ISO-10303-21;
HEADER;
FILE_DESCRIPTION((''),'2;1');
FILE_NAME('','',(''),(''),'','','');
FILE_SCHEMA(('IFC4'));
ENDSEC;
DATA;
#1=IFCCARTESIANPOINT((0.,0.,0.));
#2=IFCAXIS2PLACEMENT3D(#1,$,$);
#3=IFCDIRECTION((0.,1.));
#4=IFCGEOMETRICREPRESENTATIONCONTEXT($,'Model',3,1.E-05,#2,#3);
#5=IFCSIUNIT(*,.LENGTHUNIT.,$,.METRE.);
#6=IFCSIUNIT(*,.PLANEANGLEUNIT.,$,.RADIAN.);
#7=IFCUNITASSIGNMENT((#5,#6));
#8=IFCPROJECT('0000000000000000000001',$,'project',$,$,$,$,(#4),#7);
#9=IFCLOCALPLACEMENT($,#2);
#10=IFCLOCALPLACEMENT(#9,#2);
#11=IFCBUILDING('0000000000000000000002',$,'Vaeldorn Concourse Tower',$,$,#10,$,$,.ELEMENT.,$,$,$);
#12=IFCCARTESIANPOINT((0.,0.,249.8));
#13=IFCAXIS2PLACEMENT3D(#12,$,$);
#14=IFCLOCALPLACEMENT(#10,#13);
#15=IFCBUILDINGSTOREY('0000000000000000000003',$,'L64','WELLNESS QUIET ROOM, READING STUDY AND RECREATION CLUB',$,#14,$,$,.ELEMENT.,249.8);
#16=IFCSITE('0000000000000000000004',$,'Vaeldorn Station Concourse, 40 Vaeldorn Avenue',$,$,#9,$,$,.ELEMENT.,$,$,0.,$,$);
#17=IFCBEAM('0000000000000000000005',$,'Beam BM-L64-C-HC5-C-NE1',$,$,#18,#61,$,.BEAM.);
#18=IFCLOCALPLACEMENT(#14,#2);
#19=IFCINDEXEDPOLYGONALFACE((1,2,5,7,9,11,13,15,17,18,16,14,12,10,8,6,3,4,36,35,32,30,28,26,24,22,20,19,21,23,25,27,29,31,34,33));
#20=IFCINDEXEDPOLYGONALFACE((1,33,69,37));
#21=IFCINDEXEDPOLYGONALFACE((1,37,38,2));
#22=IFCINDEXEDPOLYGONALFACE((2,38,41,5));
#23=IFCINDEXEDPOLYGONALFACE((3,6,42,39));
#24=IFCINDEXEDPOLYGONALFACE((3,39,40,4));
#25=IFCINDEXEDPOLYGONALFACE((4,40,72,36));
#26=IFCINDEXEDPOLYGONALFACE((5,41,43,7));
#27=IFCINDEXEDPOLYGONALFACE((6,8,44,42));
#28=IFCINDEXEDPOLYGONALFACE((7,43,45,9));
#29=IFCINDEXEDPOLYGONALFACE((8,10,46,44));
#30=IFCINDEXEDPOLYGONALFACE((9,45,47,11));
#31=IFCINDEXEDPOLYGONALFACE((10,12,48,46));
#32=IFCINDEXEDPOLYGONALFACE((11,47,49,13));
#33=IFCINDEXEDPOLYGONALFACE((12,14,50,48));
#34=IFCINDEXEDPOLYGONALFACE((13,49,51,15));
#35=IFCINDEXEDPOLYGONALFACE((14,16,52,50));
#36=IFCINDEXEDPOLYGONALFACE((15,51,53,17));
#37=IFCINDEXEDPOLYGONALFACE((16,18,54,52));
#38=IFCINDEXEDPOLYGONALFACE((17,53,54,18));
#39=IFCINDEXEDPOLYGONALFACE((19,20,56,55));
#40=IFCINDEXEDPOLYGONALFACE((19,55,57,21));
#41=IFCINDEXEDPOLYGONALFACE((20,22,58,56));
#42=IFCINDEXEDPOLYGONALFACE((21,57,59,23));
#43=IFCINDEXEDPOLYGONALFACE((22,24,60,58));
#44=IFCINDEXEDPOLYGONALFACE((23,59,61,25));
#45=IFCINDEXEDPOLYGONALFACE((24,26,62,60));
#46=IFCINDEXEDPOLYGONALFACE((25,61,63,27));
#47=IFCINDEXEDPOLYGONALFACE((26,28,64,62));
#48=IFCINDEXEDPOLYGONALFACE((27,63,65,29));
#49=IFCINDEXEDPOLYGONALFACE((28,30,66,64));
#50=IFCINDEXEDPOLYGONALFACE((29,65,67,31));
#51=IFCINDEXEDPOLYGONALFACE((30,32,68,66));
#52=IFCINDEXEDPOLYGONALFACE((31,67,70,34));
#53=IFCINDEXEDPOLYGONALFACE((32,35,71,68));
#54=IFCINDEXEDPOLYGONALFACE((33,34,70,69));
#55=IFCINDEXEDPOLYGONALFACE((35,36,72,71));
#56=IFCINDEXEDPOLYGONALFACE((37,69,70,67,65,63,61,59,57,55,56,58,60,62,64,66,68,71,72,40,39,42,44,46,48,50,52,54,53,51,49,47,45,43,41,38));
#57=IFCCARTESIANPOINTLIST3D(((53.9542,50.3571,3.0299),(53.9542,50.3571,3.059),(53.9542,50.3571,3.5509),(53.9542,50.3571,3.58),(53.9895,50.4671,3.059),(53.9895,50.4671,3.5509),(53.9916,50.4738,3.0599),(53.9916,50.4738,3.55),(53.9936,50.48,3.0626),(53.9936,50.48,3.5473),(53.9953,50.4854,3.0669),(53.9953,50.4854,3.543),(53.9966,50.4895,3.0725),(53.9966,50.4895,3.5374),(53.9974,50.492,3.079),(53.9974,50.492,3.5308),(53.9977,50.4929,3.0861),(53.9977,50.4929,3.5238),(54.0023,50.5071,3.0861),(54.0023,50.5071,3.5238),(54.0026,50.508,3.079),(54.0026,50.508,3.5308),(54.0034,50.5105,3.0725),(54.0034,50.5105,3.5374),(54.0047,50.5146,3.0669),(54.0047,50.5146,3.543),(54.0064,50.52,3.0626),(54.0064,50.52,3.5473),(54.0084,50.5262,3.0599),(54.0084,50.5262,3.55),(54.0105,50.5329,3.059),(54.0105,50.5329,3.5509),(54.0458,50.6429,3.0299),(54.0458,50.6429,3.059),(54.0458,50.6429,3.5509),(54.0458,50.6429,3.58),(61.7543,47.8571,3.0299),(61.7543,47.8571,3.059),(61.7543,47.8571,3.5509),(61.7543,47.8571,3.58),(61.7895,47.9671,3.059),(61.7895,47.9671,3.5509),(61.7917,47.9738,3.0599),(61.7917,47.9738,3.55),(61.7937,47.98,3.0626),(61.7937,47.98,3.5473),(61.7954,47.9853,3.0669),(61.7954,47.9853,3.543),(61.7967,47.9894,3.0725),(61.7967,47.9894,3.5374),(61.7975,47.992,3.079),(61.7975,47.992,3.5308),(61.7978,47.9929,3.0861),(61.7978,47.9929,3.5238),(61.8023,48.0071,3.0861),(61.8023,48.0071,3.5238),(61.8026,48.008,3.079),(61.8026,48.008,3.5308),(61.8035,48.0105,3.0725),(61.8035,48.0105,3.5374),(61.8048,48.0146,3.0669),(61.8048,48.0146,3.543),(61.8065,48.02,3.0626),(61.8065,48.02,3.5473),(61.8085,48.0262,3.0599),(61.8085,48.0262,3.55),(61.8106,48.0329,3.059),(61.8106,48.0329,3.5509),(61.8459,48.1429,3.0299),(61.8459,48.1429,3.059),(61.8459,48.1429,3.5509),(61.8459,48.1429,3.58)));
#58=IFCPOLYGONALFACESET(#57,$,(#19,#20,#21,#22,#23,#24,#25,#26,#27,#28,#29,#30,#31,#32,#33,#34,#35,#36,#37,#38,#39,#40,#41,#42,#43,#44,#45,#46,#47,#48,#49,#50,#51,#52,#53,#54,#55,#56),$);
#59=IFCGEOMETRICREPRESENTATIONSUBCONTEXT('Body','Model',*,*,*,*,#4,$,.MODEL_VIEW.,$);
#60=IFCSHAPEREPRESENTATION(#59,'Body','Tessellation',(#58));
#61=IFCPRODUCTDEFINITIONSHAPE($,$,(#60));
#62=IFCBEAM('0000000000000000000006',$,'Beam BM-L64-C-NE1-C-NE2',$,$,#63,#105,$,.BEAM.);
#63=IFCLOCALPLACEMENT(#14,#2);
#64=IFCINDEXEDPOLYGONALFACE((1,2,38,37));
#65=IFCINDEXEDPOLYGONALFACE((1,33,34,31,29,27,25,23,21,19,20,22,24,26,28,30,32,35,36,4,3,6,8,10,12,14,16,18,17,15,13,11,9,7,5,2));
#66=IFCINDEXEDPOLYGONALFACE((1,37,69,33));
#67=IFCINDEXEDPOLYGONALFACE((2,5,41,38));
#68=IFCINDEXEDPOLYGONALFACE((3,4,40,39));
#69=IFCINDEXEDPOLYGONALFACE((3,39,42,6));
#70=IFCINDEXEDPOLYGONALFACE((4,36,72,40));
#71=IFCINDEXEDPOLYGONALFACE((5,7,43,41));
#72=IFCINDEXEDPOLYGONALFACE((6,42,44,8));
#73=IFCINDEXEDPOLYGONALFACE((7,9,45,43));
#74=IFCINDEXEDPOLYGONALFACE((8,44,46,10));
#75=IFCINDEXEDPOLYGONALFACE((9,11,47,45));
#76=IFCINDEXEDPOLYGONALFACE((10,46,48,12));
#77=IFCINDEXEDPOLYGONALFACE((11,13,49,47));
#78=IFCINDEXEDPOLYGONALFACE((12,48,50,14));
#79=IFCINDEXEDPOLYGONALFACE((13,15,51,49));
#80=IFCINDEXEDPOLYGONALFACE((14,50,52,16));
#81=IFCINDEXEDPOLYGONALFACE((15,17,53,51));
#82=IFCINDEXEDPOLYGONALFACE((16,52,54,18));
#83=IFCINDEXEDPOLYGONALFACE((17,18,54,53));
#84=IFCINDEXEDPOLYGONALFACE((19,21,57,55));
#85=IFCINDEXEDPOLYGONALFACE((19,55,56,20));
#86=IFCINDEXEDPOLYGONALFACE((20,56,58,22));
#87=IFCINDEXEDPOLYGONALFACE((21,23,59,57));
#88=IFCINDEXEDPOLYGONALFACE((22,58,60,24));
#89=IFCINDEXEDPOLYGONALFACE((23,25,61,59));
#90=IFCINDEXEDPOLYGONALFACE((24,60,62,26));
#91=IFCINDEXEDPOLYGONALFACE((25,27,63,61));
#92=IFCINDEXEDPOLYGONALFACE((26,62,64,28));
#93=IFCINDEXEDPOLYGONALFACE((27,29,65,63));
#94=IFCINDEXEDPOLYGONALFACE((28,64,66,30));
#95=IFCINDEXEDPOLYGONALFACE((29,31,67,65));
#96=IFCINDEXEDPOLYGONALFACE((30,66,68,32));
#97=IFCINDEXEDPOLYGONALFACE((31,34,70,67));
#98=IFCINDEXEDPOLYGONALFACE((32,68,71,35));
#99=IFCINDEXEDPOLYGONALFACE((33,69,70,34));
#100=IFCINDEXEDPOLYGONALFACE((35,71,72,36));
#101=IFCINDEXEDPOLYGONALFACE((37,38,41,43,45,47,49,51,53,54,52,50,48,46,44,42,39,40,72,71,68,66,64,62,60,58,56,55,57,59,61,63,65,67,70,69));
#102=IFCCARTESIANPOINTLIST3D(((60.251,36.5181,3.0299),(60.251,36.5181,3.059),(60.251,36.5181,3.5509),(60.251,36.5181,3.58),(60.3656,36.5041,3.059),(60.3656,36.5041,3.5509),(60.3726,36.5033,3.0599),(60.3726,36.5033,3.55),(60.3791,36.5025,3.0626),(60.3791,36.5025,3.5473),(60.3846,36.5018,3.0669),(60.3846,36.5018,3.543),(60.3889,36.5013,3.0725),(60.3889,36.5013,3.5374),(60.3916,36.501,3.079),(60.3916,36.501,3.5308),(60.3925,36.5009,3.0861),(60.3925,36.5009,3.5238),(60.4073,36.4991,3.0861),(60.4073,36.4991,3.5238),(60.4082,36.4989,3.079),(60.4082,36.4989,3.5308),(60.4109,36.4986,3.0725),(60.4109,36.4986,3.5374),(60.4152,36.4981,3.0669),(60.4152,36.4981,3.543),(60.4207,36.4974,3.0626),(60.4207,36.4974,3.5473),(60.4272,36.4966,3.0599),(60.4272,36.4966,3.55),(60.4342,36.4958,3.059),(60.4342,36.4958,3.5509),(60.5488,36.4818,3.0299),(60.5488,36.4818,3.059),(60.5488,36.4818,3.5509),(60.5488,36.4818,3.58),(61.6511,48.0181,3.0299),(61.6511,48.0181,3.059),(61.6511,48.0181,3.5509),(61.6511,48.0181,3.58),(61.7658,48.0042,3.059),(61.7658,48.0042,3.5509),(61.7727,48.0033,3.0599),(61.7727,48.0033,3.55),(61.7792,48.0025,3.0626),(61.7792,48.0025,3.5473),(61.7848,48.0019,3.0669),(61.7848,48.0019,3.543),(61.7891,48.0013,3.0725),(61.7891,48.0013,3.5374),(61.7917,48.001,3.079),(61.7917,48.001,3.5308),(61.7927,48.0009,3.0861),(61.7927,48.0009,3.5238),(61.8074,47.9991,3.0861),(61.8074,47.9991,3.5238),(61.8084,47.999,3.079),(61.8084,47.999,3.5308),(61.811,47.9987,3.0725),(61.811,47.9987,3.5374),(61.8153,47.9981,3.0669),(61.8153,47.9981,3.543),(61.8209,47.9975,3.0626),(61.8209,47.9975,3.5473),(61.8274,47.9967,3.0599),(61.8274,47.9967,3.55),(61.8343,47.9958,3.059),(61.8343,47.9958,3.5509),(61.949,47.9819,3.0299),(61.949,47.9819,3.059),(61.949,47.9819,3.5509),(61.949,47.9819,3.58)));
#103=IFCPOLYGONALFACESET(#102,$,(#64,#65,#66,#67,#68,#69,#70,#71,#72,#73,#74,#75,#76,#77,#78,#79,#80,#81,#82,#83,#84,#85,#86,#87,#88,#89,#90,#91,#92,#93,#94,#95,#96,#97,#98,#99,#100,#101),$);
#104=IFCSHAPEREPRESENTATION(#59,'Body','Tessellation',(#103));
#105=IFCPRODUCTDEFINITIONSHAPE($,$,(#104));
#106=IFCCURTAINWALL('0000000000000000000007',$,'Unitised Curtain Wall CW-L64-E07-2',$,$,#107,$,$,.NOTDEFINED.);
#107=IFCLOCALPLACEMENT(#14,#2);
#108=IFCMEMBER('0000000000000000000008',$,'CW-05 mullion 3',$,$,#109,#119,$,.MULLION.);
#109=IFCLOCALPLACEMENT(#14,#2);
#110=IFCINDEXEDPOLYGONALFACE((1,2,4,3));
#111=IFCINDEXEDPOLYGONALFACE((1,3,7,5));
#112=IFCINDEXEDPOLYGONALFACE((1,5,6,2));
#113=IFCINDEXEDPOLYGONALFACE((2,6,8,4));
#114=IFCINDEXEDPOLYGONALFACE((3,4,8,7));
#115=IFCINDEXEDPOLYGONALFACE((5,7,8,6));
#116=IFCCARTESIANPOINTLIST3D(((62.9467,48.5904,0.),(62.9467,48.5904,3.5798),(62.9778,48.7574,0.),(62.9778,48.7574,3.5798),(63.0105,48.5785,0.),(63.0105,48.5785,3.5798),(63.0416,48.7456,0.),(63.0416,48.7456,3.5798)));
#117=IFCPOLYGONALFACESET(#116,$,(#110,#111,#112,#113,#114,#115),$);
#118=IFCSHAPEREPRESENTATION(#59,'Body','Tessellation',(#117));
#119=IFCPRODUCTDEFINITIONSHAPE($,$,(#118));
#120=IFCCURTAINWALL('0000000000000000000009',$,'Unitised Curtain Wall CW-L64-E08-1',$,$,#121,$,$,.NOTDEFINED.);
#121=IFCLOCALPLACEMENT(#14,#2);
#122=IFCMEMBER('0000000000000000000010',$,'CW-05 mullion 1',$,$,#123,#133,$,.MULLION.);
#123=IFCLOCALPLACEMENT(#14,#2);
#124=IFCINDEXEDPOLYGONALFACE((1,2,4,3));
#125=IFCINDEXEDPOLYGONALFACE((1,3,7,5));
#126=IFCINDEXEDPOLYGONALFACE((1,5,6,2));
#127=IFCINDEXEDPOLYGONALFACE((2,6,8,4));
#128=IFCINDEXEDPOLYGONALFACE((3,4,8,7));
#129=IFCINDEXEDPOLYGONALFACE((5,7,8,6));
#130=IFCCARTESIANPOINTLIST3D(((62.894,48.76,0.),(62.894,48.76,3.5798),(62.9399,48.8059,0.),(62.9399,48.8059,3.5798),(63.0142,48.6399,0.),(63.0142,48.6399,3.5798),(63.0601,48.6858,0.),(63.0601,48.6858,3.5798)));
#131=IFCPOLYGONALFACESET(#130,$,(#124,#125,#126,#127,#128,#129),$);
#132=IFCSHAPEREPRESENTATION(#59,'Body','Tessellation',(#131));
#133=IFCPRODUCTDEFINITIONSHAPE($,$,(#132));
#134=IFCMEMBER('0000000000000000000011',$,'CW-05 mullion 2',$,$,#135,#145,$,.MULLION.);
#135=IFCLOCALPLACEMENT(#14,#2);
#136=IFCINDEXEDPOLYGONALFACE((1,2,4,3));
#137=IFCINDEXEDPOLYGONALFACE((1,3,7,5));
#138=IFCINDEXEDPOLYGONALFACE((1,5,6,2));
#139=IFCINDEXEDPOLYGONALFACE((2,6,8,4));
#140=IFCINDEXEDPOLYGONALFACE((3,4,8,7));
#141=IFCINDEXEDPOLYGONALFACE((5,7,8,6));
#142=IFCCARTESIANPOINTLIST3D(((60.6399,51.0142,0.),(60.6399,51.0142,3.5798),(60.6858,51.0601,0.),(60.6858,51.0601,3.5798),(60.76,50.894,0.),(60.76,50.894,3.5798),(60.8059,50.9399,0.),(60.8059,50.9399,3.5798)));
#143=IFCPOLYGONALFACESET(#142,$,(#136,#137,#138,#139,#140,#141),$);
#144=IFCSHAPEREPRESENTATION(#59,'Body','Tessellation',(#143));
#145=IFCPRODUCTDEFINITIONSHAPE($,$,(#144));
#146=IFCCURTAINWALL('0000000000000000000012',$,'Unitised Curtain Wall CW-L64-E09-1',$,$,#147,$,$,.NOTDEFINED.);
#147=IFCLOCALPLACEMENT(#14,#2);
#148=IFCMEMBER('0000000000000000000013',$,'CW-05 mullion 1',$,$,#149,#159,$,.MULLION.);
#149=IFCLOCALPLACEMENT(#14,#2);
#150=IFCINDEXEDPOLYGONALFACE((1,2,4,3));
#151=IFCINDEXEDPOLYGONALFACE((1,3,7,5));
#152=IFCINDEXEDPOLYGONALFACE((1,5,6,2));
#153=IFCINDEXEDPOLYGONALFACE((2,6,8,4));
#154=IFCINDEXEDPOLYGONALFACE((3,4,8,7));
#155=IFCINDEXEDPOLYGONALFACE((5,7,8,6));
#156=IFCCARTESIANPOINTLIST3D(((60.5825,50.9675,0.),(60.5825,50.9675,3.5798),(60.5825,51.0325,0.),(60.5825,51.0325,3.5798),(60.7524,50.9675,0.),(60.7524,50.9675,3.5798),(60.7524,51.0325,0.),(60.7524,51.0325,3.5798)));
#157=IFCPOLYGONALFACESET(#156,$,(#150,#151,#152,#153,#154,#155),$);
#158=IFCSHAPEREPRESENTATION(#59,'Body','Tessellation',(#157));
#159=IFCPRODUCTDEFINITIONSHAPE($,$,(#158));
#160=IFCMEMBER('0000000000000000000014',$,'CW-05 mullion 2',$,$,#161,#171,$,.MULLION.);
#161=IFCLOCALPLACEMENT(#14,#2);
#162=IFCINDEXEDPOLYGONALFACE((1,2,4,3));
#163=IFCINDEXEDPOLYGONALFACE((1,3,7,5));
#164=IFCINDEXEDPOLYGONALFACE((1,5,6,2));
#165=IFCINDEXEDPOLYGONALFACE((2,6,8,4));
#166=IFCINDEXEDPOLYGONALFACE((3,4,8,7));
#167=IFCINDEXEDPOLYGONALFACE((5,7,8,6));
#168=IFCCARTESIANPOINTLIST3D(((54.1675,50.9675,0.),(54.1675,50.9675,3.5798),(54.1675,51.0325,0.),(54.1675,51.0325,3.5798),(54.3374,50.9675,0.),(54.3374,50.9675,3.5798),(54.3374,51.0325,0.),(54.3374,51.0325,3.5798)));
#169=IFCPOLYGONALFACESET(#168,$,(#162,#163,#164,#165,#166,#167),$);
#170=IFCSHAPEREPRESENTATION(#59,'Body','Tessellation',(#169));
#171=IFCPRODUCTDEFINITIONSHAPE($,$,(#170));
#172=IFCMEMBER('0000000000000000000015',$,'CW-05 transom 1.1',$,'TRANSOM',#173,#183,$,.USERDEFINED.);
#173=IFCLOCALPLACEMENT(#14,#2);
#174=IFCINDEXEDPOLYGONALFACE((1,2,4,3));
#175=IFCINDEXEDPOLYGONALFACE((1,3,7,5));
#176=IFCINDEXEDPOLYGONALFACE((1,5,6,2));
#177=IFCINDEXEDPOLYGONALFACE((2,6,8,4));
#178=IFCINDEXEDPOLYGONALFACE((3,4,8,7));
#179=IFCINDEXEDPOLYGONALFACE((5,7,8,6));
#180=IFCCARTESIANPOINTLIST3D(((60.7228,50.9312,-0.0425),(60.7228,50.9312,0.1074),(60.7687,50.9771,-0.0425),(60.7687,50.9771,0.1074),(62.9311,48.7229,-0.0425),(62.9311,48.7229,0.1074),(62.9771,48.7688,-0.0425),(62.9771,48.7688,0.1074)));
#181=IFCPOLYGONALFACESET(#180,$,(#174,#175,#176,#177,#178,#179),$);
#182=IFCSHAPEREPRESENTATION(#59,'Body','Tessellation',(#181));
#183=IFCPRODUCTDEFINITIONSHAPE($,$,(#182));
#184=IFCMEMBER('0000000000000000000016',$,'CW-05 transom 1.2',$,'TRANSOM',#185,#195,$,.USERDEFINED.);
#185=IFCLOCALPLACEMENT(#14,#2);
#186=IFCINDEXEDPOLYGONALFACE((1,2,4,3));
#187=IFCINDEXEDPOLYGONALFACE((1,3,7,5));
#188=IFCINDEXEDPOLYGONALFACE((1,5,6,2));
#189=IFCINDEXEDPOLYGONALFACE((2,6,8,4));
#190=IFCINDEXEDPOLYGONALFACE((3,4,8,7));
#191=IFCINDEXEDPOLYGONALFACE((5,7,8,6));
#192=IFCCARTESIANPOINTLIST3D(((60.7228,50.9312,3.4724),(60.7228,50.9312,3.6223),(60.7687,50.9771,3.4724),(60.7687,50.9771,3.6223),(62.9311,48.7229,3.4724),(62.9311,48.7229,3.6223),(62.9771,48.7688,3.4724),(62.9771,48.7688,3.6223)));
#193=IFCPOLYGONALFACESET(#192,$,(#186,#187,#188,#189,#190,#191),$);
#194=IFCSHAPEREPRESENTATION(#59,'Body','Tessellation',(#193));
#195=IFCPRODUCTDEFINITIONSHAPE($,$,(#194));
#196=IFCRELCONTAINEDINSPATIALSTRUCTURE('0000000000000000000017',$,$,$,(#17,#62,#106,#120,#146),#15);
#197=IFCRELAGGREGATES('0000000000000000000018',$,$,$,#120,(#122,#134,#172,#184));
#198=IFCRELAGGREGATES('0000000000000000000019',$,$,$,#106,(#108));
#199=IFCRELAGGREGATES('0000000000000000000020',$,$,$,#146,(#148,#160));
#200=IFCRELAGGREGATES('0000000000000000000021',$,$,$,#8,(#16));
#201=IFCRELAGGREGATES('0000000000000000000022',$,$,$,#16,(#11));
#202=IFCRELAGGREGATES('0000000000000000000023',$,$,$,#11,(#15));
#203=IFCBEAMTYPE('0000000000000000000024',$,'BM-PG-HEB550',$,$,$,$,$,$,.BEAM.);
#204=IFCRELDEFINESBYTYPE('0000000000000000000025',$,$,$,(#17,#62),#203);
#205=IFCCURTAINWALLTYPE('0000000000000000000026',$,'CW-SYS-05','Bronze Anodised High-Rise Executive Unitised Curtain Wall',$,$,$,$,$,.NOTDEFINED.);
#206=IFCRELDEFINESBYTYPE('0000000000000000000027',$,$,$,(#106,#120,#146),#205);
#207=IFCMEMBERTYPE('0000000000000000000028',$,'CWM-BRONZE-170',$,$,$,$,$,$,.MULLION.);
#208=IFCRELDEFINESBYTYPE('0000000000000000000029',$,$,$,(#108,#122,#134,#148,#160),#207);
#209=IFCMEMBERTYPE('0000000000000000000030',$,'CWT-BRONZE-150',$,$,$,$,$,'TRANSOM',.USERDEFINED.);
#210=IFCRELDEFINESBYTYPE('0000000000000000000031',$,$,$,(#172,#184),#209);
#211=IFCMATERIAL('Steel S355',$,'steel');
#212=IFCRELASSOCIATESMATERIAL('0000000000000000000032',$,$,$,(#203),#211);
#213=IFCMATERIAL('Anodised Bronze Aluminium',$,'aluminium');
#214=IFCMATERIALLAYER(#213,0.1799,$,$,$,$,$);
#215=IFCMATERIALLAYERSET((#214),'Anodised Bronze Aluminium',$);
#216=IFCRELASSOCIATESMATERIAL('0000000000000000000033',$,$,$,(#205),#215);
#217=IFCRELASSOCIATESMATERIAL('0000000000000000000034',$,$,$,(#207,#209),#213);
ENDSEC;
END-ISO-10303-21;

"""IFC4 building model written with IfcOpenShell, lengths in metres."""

from ifc_helpers import new_model, si_unit, direction, frame, origin, origin_2d, place, context, subcontext, project, spatial, rectangle, i_section, extrude, source, transform, mapped, material, layer, layer_set, material_profile, profile_set, type_object, element, aggregate, save


model = new_model("IFC4")

# Units and contexts
model_context = context("Model", 3, precision=1e-05, world=origin(), true_north=direction((0.0, 1.0)))
body_context = subcontext(model_context, "Body", "Model", "MODEL_VIEW")
ifc_project = project(units=[si_unit("LENGTHUNIT", "METRE"), si_unit("PLANEANGLEUNIT", "RADIAN")], contexts=[model_context])

# Site, building, storey
site_placement = place(None, origin())
site = spatial("IfcSite", under=ifc_project, at=site_placement, Name="Vaeldorn Station Concourse, 40 Vaeldorn Avenue", CompositionType="ELEMENT", RefElevation=0.0)
building_placement = place(site_placement, origin())
building = spatial("IfcBuilding", under=site, at=building_placement, Name="Vaeldorn Concourse Tower", CompositionType="ELEMENT")
storey_placement = place(building_placement, frame((0.0, 0.0, 249.8)))
storey = spatial("IfcBuildingStorey", under=building, at=storey_placement, Name="L64", Description="WELLNESS QUIET ROOM, READING STUDY AND RECREATION CLUB", CompositionType="ELEMENT", Elevation=249.8)

# Shared definitions
ifc_material_1 = material(Name="Steel S355", Category="steel")

# Beams
ifc_material_profile_1 = material_profile(ifc_material_1, i_section(OverallWidth=0.3, OverallDepth=0.55, WebThickness=0.0149, FlangeThickness=0.0291, FilletRadius=0.0271, at=origin_2d()), Name="HEB 550")
ifc_profile_set_1 = profile_set([ifc_material_profile_1], Name="Steel S355")
beam_type_1 = type_object("IfcBeamType", Name="BM-PG-HEB550", PredefinedType="BEAM", material=ifc_profile_set_1)
shared_shape_1 = source(origin(), body_context, "Body", "SweptSolid", [
    extrude(i_section(OverallWidth=0.3, OverallDepth=0.55, WebThickness=0.0149, FlangeThickness=0.0291, FilletRadius=0.0271, at=origin_2d()), origin(), (0.0, 0.0, 1.0), 8.1909),
])
beam_1_placement = place(storey_placement, frame((54.0, 50.5, 3.3049), z_axis=(0.952283, -0.305217, 0.0), x_axis=(0.305217, 0.952283, 0.0)))
element("IfcBeam", 1, at=beam_1_placement, inside=storey, type_object=beam_type_1, Name="Beam BM-L64-C-HC5-C-NE1", PredefinedType="BEAM", context=body_context, shape_type="MappedRepresentation", body=[
    mapped(shared_shape_1, transform((0.0, 0.0, 0.0), scale=1.0)),
])
shared_shape_2 = source(origin(), body_context, "Body", "SweptSolid", [
    extrude(i_section(OverallWidth=0.3, OverallDepth=0.55, WebThickness=0.0149, FlangeThickness=0.0291, FilletRadius=0.0271, at=origin_2d()), origin(), (0.0, 0.0, 1.0), 11.585),
])
beam_2_placement = place(storey_placement, frame((61.8, 48.0, 3.3049), z_axis=(-0.120859, -0.99267, 0.0), x_axis=(0.99267, -0.120859, 0.0)))
element("IfcBeam", 2, at=beam_2_placement, inside=storey, type_object=beam_type_1, Name="Beam BM-L64-C-NE1-C-NE2", PredefinedType="BEAM", context=body_context, shape_type="MappedRepresentation", body=[
    mapped(shared_shape_2, transform((0.0, 0.0, 0.0), scale=1.0)),
])

# Curtain wall, member
ifc_material_2 = material(Name="Anodised Bronze Aluminium", Category="aluminium")
ifc_layer_1 = layer(ifc_material_2, 0.1799)
ifc_layer_set_1 = layer_set([ifc_layer_1], Name="Anodised Bronze Aluminium")
curtain_wall_type = type_object("IfcCurtainWallType", Name="CW-SYS-05", Description="Bronze Anodised High-Rise Executive Unitised Curtain Wall", PredefinedType="NOTDEFINED", material=ifc_layer_set_1)
curtain_wall_1_placement = place(storey_placement, origin())
curtain_wall_1 = element("IfcCurtainWall", 3, at=curtain_wall_1_placement, inside=storey, type_object=curtain_wall_type, Name="Unitised Curtain Wall CW-L64-E07-2", PredefinedType="NOTDEFINED")
ifc_material_profile_2 = material_profile(ifc_material_2, rectangle(XDim=0.0649, YDim=0.1699, at=origin_2d()), Name="CWM 65x170")
ifc_profile_set_2 = profile_set([ifc_material_profile_2], Name="Anodised Bronze Aluminium")
member_type_1 = type_object("IfcMemberType", Name="CWM-BRONZE-170", PredefinedType="MULLION", material=ifc_profile_set_2)
shared_shape_3 = source(origin(), body_context, "Body", "SweptSolid", [
    extrude(rectangle(XDim=0.0649, YDim=0.1699, at=origin_2d()), origin(), (0.0, 0.0, 1.0), 3.5798),
])
member_1_placement = place(storey_placement, frame((62.9941, 48.668, 0.0), z_axis=(0.0, 0.0, 1.0), x_axis=(-0.983103, 0.183054, 0.0)))
member_1 = element("IfcMember", 4, at=member_1_placement, type_object=member_type_1, Name="CW-05 mullion 3", PredefinedType="MULLION", context=body_context, shape_type="MappedRepresentation", body=[
    mapped(shared_shape_3, transform((0.0, 0.0, 0.0), scale=1.0)),
])

# Curtain walls, members
curtain_wall_2_placement = place(storey_placement, origin())
curtain_wall_2 = element("IfcCurtainWall", 5, at=curtain_wall_2_placement, inside=storey, type_object=curtain_wall_type, Name="Unitised Curtain Wall CW-L64-E08-1", PredefinedType="NOTDEFINED")
member_2_placement = place(storey_placement, frame((62.9771, 48.7229, 0.0), z_axis=(0.0, 0.0, 1.0), x_axis=(-0.707107, -0.707107, 0.0)))
member_2 = element("IfcMember", 6, at=member_2_placement, type_object=member_type_1, Name="CW-05 mullion 1", PredefinedType="MULLION", context=body_context, shape_type="MappedRepresentation", body=[
    mapped(shared_shape_3, transform((0.0, 0.0, 0.0), scale=1.0)),
])
member_3_placement = place(storey_placement, frame((60.7229, 50.9771, 0.0), z_axis=(0.0, 0.0, 1.0), x_axis=(-0.707107, -0.707107, 0.0)))
member_3 = element("IfcMember", 7, at=member_3_placement, type_object=member_type_1, Name="CW-05 mullion 2", PredefinedType="MULLION", context=body_context, shape_type="MappedRepresentation", body=[
    mapped(shared_shape_3, transform((0.0, 0.0, 0.0), scale=1.0)),
])
curtain_wall_3_placement = place(storey_placement, origin())
curtain_wall_3 = element("IfcCurtainWall", 8, at=curtain_wall_3_placement, inside=storey, type_object=curtain_wall_type, Name="Unitised Curtain Wall CW-L64-E09-1", PredefinedType="NOTDEFINED")
member_4_placement = place(storey_placement, frame((60.6675, 51.0, 0.0), z_axis=(0.0, 0.0, 1.0), x_axis=(0.0, -1.0, 0.0)))
member_4 = element("IfcMember", 9, at=member_4_placement, type_object=member_type_1, Name="CW-05 mullion 1", PredefinedType="MULLION", context=body_context, shape_type="MappedRepresentation", body=[
    mapped(shared_shape_3, transform((0.0, 0.0, 0.0), scale=1.0)),
])
member_5_placement = place(storey_placement, frame((54.2524, 51.0, 0.0), z_axis=(0.0, 0.0, 1.0), x_axis=(0.0, -1.0, 0.0)))
member_5 = element("IfcMember", 10, at=member_5_placement, type_object=member_type_1, Name="CW-05 mullion 2", PredefinedType="MULLION", context=body_context, shape_type="MappedRepresentation", body=[
    mapped(shared_shape_3, transform((0.0, 0.0, 0.0), scale=1.0)),
])

# Members
ifc_material_profile_3 = material_profile(ifc_material_2, rectangle(XDim=0.0649, YDim=0.1499, at=origin_2d()), Name="CWT 65x150")
ifc_profile_set_3 = profile_set([ifc_material_profile_3], Name="Anodised Bronze Aluminium")
member_type_2 = type_object("IfcMemberType", Name="CWT-BRONZE-150", ElementType="TRANSOM", PredefinedType="USERDEFINED", material=ifc_profile_set_3)
shared_shape_4 = source(origin(), body_context, "Body", "SweptSolid", [
    extrude(rectangle(XDim=0.0649, YDim=0.1499, at=origin_2d()), origin(), (0.0, 0.0, 1.0), 3.123),
])
member_6_placement = place(storey_placement, frame((62.9541, 48.7458, 0.0325), z_axis=(-0.707107, 0.707107, 0.0), x_axis=(-0.707107, -0.707107, 0.0)))
member_6 = element("IfcMember", 11, at=member_6_placement, type_object=member_type_2, Name="CW-05 transom 1.1", ObjectType="TRANSOM", PredefinedType="USERDEFINED", context=body_context, shape_type="MappedRepresentation", body=[
    mapped(shared_shape_4, transform((0.0, 0.0, 0.0), scale=1.0)),
])
member_7_placement = place(storey_placement, frame((62.9541, 48.7458, 3.5474), z_axis=(-0.707107, 0.707107, 0.0), x_axis=(-0.707107, -0.707107, 0.0)))
member_7 = element("IfcMember", 12, at=member_7_placement, type_object=member_type_2, Name="CW-05 transom 1.2", ObjectType="TRANSOM", PredefinedType="USERDEFINED", context=body_context, shape_type="MappedRepresentation", body=[
    mapped(shared_shape_4, transform((0.0, 0.0, 0.0), scale=1.0)),
])

aggregate(curtain_wall_2, [member_2, member_3, member_6, member_7])
aggregate(curtain_wall_1, [member_1])
aggregate(curtain_wall_3, [member_4, member_5])

save(model, "model.ifc")
